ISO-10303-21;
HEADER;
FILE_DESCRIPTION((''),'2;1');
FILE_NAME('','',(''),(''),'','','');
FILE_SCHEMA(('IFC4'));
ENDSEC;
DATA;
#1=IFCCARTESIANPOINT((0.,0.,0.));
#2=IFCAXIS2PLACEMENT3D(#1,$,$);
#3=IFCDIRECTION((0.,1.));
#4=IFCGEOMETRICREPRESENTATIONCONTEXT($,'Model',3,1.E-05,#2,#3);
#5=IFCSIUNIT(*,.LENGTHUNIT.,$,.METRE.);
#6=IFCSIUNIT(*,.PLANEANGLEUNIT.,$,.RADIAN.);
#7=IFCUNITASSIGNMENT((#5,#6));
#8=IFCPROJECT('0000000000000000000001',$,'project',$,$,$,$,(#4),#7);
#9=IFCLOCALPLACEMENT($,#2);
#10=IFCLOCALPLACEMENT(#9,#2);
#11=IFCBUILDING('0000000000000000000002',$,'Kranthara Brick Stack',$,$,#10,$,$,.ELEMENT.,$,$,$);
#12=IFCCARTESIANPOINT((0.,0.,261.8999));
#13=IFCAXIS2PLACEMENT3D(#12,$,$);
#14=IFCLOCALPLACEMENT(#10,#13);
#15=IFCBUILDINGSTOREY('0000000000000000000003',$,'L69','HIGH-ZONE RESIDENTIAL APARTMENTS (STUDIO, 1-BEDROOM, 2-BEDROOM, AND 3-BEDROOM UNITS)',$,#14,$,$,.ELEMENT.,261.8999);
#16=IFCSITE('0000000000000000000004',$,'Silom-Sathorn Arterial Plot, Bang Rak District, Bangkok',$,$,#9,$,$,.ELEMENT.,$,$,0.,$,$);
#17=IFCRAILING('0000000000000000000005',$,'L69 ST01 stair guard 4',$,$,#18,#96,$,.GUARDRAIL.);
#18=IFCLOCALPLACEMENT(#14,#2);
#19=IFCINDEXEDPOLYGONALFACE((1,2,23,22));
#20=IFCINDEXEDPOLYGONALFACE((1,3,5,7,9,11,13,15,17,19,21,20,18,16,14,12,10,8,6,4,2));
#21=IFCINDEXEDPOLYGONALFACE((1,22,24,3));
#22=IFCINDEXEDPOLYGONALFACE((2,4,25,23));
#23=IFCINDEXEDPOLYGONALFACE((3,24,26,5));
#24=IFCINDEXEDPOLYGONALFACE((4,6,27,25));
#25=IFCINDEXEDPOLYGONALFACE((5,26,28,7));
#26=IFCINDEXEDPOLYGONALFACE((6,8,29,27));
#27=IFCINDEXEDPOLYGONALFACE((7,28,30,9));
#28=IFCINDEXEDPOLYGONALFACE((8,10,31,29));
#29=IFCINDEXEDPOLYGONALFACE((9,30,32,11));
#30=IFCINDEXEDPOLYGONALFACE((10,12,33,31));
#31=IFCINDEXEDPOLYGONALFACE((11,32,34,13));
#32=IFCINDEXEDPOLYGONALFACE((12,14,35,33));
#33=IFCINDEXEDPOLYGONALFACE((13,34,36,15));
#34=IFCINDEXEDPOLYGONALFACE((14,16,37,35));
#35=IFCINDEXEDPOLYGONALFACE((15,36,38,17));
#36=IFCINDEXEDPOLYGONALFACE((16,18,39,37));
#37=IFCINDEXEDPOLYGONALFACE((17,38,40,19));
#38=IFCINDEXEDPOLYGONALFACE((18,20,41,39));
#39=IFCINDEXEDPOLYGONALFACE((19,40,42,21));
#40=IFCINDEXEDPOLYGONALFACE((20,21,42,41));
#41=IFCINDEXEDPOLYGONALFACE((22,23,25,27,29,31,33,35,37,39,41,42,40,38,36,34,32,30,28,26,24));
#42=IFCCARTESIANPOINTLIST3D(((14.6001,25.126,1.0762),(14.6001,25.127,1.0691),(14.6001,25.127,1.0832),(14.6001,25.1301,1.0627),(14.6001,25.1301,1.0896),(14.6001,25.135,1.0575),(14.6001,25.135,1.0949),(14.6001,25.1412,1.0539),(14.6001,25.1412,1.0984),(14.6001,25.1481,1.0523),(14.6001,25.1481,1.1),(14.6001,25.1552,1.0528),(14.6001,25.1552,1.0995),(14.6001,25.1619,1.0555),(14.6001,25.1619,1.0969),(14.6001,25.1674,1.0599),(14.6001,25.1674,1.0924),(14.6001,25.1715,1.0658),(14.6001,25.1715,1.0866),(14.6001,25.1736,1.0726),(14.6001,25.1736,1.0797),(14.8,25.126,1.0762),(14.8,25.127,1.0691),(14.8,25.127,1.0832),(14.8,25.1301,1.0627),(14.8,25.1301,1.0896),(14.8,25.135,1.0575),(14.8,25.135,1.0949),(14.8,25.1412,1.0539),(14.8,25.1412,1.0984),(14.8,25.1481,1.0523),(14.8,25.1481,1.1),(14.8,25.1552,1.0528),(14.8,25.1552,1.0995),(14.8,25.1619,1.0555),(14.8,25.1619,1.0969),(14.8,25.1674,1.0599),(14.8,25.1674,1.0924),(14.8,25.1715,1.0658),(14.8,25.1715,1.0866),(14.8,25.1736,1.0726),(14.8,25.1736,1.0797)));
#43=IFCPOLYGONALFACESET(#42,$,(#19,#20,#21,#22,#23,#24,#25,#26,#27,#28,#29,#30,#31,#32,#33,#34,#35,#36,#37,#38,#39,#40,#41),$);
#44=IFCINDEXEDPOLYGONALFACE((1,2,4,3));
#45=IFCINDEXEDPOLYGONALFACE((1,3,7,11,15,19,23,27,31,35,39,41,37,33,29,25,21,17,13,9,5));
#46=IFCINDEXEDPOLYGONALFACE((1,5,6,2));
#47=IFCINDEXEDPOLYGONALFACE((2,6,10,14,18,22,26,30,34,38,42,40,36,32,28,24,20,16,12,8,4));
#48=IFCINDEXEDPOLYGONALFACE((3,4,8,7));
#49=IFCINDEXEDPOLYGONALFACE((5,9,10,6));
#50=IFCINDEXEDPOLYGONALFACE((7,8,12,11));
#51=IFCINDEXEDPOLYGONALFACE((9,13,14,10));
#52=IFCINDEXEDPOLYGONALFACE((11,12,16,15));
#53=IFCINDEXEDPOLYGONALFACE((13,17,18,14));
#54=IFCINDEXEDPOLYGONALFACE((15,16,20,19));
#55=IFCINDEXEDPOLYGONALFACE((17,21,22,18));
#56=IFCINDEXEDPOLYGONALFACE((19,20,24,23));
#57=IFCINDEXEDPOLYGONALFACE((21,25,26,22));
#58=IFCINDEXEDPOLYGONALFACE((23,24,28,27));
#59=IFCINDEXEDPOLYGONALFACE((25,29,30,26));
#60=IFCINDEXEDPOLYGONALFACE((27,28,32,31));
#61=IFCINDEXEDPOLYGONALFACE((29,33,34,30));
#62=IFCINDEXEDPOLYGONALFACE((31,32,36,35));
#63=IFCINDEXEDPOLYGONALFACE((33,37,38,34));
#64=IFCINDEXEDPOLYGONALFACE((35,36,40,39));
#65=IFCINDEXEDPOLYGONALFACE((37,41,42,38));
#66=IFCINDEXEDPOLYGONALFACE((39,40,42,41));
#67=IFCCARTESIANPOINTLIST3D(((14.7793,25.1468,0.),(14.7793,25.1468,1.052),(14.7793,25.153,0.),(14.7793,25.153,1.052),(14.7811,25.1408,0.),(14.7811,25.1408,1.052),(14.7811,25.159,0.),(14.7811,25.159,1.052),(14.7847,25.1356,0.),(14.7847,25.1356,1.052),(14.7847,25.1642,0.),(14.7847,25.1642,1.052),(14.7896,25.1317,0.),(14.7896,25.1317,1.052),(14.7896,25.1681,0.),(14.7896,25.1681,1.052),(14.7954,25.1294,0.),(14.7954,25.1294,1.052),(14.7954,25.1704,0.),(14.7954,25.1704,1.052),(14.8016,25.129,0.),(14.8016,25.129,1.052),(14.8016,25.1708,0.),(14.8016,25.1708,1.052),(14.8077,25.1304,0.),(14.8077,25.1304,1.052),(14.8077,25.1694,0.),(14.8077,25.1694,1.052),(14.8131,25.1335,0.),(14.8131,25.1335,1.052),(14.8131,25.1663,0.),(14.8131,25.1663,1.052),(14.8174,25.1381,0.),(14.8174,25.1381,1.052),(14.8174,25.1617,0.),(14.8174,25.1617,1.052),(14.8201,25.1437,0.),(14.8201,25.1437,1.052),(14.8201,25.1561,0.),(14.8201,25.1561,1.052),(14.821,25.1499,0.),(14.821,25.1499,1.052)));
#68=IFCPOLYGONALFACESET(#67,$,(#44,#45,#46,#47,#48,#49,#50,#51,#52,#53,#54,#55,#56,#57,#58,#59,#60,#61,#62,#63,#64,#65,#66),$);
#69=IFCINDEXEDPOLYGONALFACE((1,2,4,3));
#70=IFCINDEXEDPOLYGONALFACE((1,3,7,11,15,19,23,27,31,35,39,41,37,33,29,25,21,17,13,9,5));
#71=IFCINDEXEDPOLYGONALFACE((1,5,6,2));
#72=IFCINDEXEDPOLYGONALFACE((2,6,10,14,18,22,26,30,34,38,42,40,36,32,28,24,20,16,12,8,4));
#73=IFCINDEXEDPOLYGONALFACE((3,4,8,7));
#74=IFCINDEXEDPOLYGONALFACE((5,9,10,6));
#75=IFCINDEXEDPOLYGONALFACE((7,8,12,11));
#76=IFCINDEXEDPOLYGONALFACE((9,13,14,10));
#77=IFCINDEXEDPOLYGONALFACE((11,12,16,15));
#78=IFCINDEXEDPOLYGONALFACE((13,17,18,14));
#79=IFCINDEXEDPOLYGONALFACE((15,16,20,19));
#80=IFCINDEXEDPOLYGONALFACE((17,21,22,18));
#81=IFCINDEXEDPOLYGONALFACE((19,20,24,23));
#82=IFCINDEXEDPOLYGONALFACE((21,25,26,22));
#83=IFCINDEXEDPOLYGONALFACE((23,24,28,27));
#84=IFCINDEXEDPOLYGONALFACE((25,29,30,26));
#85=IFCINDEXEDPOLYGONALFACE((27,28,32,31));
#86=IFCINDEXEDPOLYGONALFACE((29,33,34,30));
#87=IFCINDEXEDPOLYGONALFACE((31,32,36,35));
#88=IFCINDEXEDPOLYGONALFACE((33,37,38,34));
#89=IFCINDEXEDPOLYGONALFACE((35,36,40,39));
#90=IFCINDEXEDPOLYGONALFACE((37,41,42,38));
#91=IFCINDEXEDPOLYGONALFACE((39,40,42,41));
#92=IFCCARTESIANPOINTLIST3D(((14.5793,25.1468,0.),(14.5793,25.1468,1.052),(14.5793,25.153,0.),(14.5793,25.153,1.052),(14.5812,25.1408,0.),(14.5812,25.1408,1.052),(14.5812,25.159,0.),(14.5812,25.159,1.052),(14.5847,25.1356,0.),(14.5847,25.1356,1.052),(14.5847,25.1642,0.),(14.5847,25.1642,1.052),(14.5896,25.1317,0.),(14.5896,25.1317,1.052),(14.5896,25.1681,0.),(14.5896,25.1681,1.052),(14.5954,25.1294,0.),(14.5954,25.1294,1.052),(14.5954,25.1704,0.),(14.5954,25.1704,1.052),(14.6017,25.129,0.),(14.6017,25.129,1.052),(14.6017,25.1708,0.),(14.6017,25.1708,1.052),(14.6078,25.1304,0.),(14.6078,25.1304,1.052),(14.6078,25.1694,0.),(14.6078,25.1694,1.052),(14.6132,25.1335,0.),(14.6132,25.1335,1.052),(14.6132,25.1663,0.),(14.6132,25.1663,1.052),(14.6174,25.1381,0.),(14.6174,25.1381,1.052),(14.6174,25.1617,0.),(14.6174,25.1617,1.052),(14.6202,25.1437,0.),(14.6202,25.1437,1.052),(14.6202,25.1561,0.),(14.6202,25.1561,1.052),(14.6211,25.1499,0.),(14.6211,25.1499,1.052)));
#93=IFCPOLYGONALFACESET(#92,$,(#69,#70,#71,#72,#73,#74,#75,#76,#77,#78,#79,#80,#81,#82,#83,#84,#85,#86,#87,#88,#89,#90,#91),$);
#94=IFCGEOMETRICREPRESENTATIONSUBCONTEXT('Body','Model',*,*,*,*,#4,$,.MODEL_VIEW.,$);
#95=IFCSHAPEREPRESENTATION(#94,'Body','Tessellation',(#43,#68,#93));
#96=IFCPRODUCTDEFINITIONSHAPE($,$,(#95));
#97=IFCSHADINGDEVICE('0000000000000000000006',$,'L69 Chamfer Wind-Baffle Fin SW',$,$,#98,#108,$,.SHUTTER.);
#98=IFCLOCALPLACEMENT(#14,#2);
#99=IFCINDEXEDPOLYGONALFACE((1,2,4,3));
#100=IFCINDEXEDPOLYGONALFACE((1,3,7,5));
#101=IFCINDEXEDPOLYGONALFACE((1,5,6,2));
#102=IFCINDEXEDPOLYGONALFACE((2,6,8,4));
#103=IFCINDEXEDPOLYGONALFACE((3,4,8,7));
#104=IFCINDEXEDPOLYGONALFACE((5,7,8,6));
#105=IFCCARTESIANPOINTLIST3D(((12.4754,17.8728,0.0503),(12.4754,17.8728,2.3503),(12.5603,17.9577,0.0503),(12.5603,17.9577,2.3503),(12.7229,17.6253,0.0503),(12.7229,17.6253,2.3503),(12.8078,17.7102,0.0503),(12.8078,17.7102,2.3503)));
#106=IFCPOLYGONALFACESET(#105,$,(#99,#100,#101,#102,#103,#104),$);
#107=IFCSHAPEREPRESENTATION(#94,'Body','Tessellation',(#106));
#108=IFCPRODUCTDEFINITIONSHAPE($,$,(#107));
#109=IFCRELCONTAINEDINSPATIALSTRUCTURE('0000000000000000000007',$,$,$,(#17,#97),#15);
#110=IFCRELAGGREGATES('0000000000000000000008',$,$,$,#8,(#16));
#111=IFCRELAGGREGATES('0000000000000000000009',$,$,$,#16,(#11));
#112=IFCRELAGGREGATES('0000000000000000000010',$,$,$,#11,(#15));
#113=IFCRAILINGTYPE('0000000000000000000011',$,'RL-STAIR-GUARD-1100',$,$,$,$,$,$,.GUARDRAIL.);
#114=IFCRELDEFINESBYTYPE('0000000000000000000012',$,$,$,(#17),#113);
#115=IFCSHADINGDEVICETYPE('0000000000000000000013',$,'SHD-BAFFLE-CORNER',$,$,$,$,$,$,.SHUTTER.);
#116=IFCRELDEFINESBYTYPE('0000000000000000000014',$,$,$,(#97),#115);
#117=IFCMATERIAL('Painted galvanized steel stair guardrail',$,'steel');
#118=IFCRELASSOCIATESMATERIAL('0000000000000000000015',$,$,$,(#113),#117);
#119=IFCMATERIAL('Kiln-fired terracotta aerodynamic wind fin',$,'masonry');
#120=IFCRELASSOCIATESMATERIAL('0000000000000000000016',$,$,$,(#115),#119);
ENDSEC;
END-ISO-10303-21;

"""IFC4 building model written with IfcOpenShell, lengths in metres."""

from ifc_helpers import new_model, si_unit, direction, frame, origin, origin_2d, place, context, subcontext, project, spatial, rectangle, circle, extrude, material, type_object, element, save


model = new_model("IFC4")

# Units and contexts
model_context = context("Model", 3, precision=1e-05, world=origin(), true_north=direction((0.0, 1.0)))
body_context = subcontext(model_context, "Body", "Model", "MODEL_VIEW")
ifc_project = project(units=[si_unit("LENGTHUNIT", "METRE"), si_unit("PLANEANGLEUNIT", "RADIAN")], contexts=[model_context])

# Site, building, storey
site_placement = place(None, origin())
site = spatial("IfcSite", under=ifc_project, at=site_placement, Name="Silom-Sathorn Arterial Plot, Bang Rak District, Bangkok", CompositionType="ELEMENT", RefElevation=0.0)
building_placement = place(site_placement, origin())
building = spatial("IfcBuilding", under=site, at=building_placement, Name="Kranthara Brick Stack", CompositionType="ELEMENT")
storey_placement = place(building_placement, frame((0.0, 0.0, 261.8999)))
storey = spatial("IfcBuildingStorey", under=building, at=storey_placement, Name="L69", Description="HIGH-ZONE RESIDENTIAL APARTMENTS (STUDIO, 1-BEDROOM, 2-BEDROOM, AND 3-BEDROOM UNITS)", CompositionType="ELEMENT", Elevation=261.8999)

# Railing
ifc_material_1 = material(Name="Painted galvanized steel stair guardrail", Category="steel")
railing_type = type_object("IfcRailingType", Name="RL-STAIR-GUARD-1100", PredefinedType="GUARDRAIL", material=ifc_material_1)
railing_placement = place(storey_placement, frame((14.8, 25.1499, 0.0)))
element("IfcRailing", 1, at=railing_placement, inside=storey, type_object=railing_type, Name="L69 ST01 stair guard 4", PredefinedType="GUARDRAIL", context=body_context, shape_type="SweptSolid", body=[
    extrude(circle(Radius=0.0239, at=origin_2d()), frame((0.0, 0.0, 1.0762), z_axis=(-1.0, 0.0, 0.0), x_axis=(0.0, -1.0, 0.0)), (0.0, 0.0, 1.0), 0.2),
    extrude(circle(Radius=0.021, at=origin_2d()), origin(), (0.0, 0.0, 1.0), 1.052),
    extrude(circle(Radius=0.021, at=origin_2d()), frame((-0.2, 0.0, 0.0)), (0.0, 0.0, 1.0), 1.052),
])

# Shading device
ifc_material_2 = material(Name="Kiln-fired terracotta aerodynamic wind fin", Category="masonry")
shading_device_type = type_object("IfcShadingDeviceType", Name="SHD-BAFFLE-CORNER", PredefinedType="SHUTTER", material=ifc_material_2)
shading_device_placement = place(storey_placement, frame((12.6416, 17.7915, 0.0503), z_axis=(0.0, 0.0, 1.0), x_axis=(-0.707107, 0.707107, 0.0)))
element("IfcShadingDevice", 2, at=shading_device_placement, inside=storey, type_object=shading_device_type, Name="L69 Chamfer Wind-Baffle Fin SW", PredefinedType="SHUTTER", context=body_context, shape_type="SweptSolid", body=[
    extrude(rectangle(XDim=0.3501, YDim=0.1201, at=origin_2d()), origin(), (0.0, 0.0, 1.0), 2.3),
])

save(model, "model.ifc")
